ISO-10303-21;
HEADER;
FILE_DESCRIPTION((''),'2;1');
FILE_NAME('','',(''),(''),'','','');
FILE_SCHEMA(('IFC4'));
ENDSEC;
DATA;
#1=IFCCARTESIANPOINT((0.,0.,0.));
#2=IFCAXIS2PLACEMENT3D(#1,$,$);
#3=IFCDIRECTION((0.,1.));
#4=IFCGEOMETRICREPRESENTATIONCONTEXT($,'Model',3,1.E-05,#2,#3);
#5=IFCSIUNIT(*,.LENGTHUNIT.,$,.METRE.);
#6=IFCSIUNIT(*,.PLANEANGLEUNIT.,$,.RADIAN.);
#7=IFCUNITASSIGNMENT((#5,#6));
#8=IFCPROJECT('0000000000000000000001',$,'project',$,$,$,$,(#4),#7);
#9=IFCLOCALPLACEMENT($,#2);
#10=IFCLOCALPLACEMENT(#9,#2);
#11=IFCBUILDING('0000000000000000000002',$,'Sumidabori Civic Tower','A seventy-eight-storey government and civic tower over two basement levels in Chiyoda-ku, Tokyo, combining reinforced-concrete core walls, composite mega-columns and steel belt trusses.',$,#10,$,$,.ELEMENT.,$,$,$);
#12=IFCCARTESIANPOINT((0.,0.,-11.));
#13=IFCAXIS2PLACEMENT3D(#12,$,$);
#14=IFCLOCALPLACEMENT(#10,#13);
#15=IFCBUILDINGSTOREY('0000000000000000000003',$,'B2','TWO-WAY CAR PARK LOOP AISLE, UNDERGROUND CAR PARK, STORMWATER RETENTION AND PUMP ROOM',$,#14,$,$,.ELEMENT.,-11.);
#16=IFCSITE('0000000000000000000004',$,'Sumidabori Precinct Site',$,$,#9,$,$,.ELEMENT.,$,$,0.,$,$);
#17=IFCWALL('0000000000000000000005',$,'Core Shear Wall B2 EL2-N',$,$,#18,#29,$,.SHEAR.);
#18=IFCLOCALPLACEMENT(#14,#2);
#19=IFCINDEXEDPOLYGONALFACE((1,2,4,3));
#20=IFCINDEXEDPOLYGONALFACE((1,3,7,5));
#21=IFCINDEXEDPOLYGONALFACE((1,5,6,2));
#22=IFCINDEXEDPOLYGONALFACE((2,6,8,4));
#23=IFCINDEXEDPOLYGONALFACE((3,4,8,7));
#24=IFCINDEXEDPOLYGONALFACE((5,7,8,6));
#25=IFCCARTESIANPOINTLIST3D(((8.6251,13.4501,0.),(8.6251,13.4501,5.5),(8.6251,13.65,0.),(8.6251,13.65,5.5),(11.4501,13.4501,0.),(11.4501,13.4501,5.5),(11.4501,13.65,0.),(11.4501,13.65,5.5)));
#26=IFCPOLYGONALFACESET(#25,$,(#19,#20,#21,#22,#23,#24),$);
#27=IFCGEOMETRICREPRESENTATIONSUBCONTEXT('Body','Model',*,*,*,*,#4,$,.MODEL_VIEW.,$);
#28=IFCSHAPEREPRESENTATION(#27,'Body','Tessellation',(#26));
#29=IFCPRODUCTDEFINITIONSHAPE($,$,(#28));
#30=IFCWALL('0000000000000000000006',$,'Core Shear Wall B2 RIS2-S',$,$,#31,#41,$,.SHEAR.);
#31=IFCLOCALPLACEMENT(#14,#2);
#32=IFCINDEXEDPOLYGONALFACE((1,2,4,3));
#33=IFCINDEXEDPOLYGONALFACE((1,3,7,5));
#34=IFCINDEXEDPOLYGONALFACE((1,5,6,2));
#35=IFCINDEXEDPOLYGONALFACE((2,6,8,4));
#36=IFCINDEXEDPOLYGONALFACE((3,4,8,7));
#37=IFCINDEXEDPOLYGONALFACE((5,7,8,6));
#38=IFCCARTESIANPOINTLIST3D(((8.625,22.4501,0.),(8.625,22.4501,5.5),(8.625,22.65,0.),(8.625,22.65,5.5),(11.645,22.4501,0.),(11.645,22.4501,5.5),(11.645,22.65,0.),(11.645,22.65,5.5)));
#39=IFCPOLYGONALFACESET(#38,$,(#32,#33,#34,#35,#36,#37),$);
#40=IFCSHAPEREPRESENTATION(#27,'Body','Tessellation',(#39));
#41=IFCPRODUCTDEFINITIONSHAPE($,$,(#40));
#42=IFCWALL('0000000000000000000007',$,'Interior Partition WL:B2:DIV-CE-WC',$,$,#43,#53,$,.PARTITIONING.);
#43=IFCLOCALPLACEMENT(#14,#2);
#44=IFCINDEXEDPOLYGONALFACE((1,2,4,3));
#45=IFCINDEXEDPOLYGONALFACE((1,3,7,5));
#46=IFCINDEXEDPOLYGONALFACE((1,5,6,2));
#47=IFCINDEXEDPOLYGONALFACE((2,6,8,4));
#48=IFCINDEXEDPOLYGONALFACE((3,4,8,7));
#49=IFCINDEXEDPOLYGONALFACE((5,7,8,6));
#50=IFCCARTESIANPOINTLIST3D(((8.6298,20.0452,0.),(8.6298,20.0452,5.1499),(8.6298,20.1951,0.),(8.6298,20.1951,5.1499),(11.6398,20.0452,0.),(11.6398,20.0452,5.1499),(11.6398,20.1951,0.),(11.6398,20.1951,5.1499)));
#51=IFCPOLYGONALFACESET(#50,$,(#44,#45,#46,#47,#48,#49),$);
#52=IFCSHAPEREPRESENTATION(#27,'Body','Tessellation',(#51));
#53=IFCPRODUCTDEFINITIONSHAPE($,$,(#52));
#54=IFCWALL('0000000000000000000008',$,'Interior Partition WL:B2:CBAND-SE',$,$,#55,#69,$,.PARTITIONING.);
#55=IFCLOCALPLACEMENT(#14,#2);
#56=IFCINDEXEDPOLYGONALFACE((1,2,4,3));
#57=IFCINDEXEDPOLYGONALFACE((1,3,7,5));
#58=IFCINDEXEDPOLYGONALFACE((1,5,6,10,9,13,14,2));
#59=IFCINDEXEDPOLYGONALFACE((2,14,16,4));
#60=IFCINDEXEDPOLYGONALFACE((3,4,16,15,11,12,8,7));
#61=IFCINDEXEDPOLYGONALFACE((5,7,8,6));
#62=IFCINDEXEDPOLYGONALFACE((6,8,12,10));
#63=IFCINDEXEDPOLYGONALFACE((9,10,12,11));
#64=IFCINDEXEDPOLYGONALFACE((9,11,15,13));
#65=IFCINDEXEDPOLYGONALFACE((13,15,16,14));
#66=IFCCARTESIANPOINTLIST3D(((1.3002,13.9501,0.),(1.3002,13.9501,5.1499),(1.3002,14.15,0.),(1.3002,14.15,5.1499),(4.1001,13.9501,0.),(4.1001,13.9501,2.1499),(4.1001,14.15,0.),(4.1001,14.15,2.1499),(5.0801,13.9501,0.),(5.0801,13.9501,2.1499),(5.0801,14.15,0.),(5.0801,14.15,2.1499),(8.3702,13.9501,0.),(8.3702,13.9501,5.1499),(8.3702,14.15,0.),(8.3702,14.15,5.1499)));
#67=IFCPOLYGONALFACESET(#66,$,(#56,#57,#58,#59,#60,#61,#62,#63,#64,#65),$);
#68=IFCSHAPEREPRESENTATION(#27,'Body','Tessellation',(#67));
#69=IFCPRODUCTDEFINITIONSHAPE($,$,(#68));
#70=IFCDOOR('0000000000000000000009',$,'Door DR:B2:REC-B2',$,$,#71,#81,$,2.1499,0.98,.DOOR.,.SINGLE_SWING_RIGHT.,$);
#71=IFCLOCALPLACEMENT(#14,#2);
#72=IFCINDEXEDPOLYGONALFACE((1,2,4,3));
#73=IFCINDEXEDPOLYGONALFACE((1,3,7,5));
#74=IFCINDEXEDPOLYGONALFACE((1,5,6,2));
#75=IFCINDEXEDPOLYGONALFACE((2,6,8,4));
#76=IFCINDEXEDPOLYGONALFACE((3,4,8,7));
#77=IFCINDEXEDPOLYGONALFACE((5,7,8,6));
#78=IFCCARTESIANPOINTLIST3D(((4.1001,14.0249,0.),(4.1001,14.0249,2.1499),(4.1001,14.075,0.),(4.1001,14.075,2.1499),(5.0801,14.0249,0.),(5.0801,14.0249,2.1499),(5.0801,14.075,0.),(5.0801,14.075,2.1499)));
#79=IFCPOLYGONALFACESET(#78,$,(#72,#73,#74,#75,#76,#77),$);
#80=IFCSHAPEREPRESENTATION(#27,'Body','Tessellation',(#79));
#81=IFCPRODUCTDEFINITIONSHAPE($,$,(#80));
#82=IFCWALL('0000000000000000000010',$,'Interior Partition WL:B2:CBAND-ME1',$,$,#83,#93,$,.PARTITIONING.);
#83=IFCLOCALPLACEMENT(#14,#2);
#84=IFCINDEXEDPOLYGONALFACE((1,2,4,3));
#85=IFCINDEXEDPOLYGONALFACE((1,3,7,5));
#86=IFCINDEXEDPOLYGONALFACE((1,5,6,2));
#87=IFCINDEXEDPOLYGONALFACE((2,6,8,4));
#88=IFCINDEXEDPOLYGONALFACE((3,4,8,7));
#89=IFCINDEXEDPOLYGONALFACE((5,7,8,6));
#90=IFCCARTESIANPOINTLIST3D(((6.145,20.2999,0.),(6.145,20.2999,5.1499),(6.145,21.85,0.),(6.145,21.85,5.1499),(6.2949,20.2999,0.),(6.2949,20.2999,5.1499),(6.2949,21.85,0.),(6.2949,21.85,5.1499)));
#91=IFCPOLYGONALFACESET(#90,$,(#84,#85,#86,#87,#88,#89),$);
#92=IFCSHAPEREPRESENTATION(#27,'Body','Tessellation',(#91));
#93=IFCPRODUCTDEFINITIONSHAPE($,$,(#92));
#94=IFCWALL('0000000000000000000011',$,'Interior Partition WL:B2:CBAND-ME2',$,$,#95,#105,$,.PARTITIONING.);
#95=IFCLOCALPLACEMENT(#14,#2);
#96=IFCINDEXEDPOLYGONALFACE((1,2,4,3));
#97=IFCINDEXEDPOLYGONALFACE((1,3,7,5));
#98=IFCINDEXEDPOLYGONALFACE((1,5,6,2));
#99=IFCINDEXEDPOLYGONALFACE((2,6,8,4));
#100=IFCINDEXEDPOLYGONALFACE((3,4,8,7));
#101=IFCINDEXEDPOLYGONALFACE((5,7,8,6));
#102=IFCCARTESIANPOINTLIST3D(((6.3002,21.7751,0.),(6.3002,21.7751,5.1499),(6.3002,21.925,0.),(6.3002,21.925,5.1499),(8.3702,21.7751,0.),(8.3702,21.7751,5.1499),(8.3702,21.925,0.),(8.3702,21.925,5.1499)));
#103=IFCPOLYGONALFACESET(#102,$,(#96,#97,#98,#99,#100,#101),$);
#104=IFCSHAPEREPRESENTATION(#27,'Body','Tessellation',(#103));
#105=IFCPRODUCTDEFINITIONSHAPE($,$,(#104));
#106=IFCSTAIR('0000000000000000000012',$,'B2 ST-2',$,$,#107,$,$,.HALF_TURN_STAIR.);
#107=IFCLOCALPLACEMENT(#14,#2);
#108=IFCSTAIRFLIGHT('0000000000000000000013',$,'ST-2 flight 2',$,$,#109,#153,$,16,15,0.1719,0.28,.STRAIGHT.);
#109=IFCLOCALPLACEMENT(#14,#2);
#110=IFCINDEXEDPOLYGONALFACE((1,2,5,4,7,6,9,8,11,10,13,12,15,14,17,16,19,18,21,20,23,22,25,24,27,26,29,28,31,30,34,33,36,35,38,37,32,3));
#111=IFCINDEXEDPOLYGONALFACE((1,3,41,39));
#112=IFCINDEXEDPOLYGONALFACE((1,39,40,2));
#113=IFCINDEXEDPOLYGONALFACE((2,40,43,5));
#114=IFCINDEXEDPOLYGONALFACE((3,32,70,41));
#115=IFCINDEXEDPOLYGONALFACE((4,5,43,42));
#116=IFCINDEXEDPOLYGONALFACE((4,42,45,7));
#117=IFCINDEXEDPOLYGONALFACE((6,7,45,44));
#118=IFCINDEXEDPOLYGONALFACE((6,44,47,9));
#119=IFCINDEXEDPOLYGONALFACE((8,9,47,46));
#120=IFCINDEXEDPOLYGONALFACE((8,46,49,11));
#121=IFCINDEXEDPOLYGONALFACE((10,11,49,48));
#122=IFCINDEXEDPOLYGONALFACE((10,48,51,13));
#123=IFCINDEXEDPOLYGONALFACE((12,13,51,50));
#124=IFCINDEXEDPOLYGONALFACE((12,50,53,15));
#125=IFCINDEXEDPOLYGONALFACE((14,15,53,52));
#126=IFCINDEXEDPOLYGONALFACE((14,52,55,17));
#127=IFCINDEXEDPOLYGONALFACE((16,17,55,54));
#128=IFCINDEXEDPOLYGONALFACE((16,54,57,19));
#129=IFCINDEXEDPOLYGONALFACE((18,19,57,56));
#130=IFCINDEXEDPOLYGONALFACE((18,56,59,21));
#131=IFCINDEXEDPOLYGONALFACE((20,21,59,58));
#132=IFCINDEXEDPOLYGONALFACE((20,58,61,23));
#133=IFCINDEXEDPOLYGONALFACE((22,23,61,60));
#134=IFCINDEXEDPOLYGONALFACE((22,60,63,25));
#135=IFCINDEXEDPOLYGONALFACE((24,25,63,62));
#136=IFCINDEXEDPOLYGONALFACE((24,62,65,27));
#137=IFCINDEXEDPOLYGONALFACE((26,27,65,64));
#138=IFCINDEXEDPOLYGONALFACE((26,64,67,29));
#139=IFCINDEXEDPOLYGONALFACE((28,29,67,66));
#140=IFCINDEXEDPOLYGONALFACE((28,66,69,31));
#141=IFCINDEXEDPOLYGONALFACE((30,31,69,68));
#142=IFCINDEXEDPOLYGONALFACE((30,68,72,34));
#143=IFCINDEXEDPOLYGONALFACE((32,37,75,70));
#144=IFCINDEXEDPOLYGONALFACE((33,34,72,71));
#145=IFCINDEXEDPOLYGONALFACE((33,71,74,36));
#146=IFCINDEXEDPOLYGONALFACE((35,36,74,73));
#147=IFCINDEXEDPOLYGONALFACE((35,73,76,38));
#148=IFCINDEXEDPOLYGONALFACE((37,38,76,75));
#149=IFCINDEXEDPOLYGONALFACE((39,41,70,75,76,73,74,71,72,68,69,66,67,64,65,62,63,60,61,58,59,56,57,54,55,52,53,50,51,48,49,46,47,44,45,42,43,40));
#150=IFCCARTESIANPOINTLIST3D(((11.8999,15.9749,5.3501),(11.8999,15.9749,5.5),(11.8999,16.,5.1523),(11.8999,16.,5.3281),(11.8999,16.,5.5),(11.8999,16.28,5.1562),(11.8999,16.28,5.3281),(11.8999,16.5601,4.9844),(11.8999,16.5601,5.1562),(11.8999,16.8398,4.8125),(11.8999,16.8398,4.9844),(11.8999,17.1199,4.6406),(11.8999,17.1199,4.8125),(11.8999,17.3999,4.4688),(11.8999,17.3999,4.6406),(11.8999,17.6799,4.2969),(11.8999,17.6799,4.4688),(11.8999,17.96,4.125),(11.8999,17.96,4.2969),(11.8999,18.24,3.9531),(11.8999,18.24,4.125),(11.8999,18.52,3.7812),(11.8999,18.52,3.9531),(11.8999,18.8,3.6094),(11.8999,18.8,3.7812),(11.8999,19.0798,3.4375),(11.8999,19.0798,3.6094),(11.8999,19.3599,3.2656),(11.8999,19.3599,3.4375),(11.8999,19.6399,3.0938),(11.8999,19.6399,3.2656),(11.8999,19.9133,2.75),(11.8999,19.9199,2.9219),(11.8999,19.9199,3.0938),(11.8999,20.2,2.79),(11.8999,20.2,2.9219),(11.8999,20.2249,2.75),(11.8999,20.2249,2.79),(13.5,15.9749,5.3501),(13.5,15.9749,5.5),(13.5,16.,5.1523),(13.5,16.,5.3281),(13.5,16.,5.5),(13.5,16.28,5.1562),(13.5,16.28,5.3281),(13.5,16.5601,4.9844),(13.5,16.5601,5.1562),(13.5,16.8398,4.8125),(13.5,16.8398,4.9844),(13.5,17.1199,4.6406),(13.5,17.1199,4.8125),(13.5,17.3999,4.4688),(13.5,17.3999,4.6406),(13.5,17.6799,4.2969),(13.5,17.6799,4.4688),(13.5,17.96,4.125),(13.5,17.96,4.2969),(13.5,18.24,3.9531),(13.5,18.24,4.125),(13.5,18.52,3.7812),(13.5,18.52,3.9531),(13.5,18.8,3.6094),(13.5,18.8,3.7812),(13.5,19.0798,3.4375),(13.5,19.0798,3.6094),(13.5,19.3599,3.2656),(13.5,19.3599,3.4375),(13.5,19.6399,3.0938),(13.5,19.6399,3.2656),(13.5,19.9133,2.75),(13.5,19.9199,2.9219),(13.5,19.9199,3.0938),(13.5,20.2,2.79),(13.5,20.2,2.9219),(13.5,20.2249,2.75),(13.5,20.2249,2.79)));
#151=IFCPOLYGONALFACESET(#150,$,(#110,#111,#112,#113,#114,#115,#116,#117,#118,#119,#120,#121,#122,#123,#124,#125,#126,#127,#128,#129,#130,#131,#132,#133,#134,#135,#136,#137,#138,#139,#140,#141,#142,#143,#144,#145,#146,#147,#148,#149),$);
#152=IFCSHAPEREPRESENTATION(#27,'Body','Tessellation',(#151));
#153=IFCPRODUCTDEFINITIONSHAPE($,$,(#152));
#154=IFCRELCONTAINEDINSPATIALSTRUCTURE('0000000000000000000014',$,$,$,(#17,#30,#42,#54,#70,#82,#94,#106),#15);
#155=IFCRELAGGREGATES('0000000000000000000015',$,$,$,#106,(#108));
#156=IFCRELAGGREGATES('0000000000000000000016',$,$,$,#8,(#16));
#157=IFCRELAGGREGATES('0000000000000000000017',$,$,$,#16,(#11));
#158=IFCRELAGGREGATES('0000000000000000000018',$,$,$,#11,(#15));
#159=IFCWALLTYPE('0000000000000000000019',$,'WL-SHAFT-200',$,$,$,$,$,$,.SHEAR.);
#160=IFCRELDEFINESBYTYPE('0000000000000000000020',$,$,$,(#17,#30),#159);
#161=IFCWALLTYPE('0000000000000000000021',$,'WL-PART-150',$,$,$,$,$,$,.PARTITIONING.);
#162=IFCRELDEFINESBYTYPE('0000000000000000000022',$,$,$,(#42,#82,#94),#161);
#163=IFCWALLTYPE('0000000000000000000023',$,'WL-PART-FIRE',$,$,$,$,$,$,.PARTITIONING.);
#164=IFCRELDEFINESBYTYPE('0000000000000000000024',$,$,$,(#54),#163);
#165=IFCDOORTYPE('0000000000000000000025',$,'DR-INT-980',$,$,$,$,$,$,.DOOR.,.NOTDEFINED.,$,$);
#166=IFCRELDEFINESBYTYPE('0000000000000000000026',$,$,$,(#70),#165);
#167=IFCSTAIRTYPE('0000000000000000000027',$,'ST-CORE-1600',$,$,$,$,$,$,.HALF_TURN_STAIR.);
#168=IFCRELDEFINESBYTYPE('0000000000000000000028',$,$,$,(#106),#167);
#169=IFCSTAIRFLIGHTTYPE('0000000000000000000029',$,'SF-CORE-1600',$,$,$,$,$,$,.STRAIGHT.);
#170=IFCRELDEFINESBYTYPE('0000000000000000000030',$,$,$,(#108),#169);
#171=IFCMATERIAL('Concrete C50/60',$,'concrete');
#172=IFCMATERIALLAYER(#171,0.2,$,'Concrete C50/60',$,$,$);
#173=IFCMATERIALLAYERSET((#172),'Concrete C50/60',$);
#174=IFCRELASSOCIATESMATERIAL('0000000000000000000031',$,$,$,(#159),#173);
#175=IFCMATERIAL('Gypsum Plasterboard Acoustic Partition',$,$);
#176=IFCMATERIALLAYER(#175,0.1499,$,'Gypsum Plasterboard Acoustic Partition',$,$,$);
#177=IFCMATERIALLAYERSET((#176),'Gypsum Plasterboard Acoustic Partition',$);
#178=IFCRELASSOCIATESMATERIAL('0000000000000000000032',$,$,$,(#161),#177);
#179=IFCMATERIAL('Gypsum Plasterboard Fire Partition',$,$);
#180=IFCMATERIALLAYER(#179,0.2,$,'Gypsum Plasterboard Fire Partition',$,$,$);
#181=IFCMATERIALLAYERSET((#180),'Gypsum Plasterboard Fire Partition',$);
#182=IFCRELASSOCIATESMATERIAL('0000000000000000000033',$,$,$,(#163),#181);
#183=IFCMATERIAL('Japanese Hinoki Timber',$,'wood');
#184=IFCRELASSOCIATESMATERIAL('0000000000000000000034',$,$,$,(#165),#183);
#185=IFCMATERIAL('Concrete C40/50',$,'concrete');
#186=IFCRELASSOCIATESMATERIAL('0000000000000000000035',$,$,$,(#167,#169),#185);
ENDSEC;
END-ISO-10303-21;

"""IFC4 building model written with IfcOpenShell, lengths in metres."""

from ifc_helpers import new_model, si_unit, direction, frame, frame_2d, origin, place, context, subcontext, project, spatial, polyline, rectangle, outline, extrude, source, transform, mapped, material, layer, layer_set, type_object, element, fill, aggregate, save


model = new_model("IFC4")

# Units and contexts
model_context = context("Model", 3, precision=1e-05, world=origin(), true_north=direction((0.0, 1.0)))
body_context = subcontext(model_context, "Body", "Model", "MODEL_VIEW")
ifc_project = project(units=[si_unit("LENGTHUNIT", "METRE"), si_unit("PLANEANGLEUNIT", "RADIAN")], contexts=[model_context])

# Site, building, storey
site_placement = place(None, origin())
site = spatial("IfcSite", under=ifc_project, at=site_placement, Name="Sumidabori Precinct Site", CompositionType="ELEMENT", RefElevation=0.0)
building_placement = place(site_placement, origin())
building = spatial("IfcBuilding", under=site, at=building_placement, Name="Sumidabori Civic Tower", Description="A seventy-eight-storey government and civic tower over two basement levels in Chiyoda-ku, Tokyo, combining reinforced-concrete core walls, composite mega-columns and steel belt trusses.", CompositionType="ELEMENT")
storey_placement = place(building_placement, frame((0.0, 0.0, -11.0)))
storey = spatial("IfcBuildingStorey", under=building, at=storey_placement, Name="B2", Description="TWO-WAY CAR PARK LOOP AISLE, UNDERGROUND CAR PARK, STORMWATER RETENTION AND PUMP ROOM", CompositionType="ELEMENT", Elevation=-11.0)

# Shared definitions
ifc_material_1 = material(Name="Concrete C50/60", Category="concrete")

# Shared definitions
ifc_material_2 = material(Name="Japanese Hinoki Timber", Category="wood")

# Shared definitions
ifc_layer_1 = layer(ifc_material_1, 0.2, Name="Concrete C50/60")
ifc_layer_set_1 = layer_set([ifc_layer_1], Name="Concrete C50/60")
wall_type_1 = type_object("IfcWallType", Name="WL-SHAFT-200", PredefinedType="SHEAR", material=ifc_layer_set_1)

# Walls
shared_shape_1 = source(origin(), body_context, "Body", "SweptSolid", [
    extrude(rectangle(XDim=2.825, YDim=0.2, at=frame_2d((1.4126, 0.0))), origin(), (0.0, 0.0, 1.0), 5.5),
])
wall_1_placement = place(storey_placement, frame((8.625, 13.55, 0.0), z_axis=(0.0, 0.0, 1.0), x_axis=(1.0, 0.0, 0.0)))
element("IfcWall", 1, at=wall_1_placement, inside=storey, type_object=wall_type_1, Name="Core Shear Wall B2 EL2-N", PredefinedType="SHEAR", context=body_context, shape_type="MappedRepresentation", body=[
    mapped(shared_shape_1, transform((0.0, 0.0, 0.0), x_axis=(1.0, 0.0, 0.0), y_axis=(0.0, 1.0, 0.0), z_axis=(0.0, 0.0, 1.0), scale=1.0)),
])
shared_shape_2 = source(origin(), body_context, "Body", "SweptSolid", [
    extrude(rectangle(XDim=3.02, YDim=0.2, at=frame_2d((1.51, 0.0))), origin(), (0.0, 0.0, 1.0), 5.5),
])
wall_2_placement = place(storey_placement, frame((8.625, 22.55, 0.0), z_axis=(0.0, 0.0, 1.0), x_axis=(1.0, 0.0, 0.0)))
element("IfcWall", 2, at=wall_2_placement, inside=storey, type_object=wall_type_1, Name="Core Shear Wall B2 RIS2-S", PredefinedType="SHEAR", context=body_context, shape_type="MappedRepresentation", body=[
    mapped(shared_shape_2, transform((0.0, 0.0, 0.0), x_axis=(1.0, 0.0, 0.0), y_axis=(0.0, 1.0, 0.0), z_axis=(0.0, 0.0, 1.0), scale=1.0)),
])
ifc_material_3 = material(Name="Gypsum Plasterboard Acoustic Partition")
ifc_layer_2 = layer(ifc_material_3, 0.1499, Name="Gypsum Plasterboard Acoustic Partition")
ifc_layer_set_2 = layer_set([ifc_layer_2], Name="Gypsum Plasterboard Acoustic Partition")
wall_type_2 = type_object("IfcWallType", Name="WL-PART-150", PredefinedType="PARTITIONING", material=ifc_layer_set_2)
shared_shape_3 = source(origin(), body_context, "Body", "SweptSolid", [
    extrude(rectangle(XDim=3.01, YDim=0.1499, at=frame_2d((1.5049, 0.0))), origin(), (0.0, 0.0, 1.0), 5.1499),
])
wall_3_placement = place(storey_placement, frame((8.6299, 20.1201, 0.0), z_axis=(0.0, 0.0, 1.0), x_axis=(1.0, 0.0, 0.0)))
element("IfcWall", 3, at=wall_3_placement, inside=storey, type_object=wall_type_2, Name="Interior Partition WL:B2:DIV-CE-WC", PredefinedType="PARTITIONING", context=body_context, shape_type="MappedRepresentation", body=[
    mapped(shared_shape_3, transform((0.0, 0.0, 0.0), x_axis=(1.0, 0.0, 0.0), y_axis=(0.0, 1.0, 0.0), z_axis=(0.0, 0.0, 1.0), scale=1.0)),
])

# Wall, opening, door
ifc_material_4 = material(Name="Gypsum Plasterboard Fire Partition")
ifc_layer_3 = layer(ifc_material_4, 0.2, Name="Gypsum Plasterboard Fire Partition")
ifc_layer_set_3 = layer_set([ifc_layer_3], Name="Gypsum Plasterboard Fire Partition")
wall_type_3 = type_object("IfcWallType", Name="WL-PART-FIRE", PredefinedType="PARTITIONING", material=ifc_layer_set_3)
shared_shape_4 = source(origin(), body_context, "Body", "SweptSolid", [
    extrude(rectangle(XDim=7.0701, YDim=0.2, at=frame_2d((3.5352, 0.0))), origin(), (0.0, 0.0, 1.0), 5.1499),
])
wall_4_placement = place(storey_placement, frame((1.3, 14.05, 0.0), z_axis=(0.0, 0.0, 1.0), x_axis=(1.0, 0.0, 0.0)))
wall_4 = element("IfcWall", 4, at=wall_4_placement, inside=storey, type_object=wall_type_3, Name="Interior Partition WL:B2:CBAND-SE", PredefinedType="PARTITIONING", context=body_context, shape_type="MappedRepresentation", body=[
    mapped(shared_shape_4, transform((0.0, 0.0, 0.0), x_axis=(1.0, 0.0, 0.0), y_axis=(0.0, 1.0, 0.0), z_axis=(0.0, 0.0, 1.0), scale=1.0)),
])
opening_1_placement = place(wall_4_placement, frame((2.8, 0.0, 0.0)))
opening_1 = element("IfcOpeningElement", 5, at=opening_1_placement, cuts=wall_4, PredefinedType="OPENING", context=body_context, shape_type="SweptSolid", body=[
    extrude(rectangle(XDim=0.98, YDim=2.1499, at=frame_2d((0.49, 1.075))), frame((0.0, 0.1118, 0.0), z_axis=(0.0, -1.0, 0.0), x_axis=(1.0, 0.0, 0.0)), (0.0, 0.0, 1.0), 0.2239),
])
door_type_1 = type_object("IfcDoorType", Name="DR-INT-980", OperationType="NOTDEFINED", PredefinedType="DOOR", material=ifc_material_2)
shared_shape_5 = source(origin(), body_context, "Body", "SweptSolid", [
    extrude(rectangle(XDim=0.98, YDim=2.1499, at=frame_2d((0.49, 1.075))), frame((0.0, 0.0249, 0.0), z_axis=(0.0, -1.0, 0.0), x_axis=(1.0, 0.0, 0.0)), (0.0, 0.0, 1.0), 0.05),
])
door_1_placement = place(opening_1_placement, origin())
door_1 = element("IfcDoor", 6, at=door_1_placement, inside=storey, type_object=door_type_1, Name="Door DR:B2:REC-B2", OperationType="SINGLE_SWING_RIGHT", OverallHeight=2.1499, OverallWidth=0.98, PredefinedType="DOOR", context=body_context, shape_type="MappedRepresentation", body=[
    mapped(shared_shape_5, transform((0.0, 0.0, 0.0), x_axis=(1.0, 0.0, 0.0), y_axis=(0.0, 1.0, 0.0), z_axis=(0.0, 0.0, 1.0), scale=1.0)),
])
fill(opening_1, door_1)

# Walls
shared_shape_6 = source(origin(), body_context, "Body", "SweptSolid", [
    extrude(rectangle(XDim=1.55, YDim=0.1499, at=frame_2d((0.7749, 0.0))), origin(), (0.0, 0.0, 1.0), 5.1499),
])
wall_5_placement = place(storey_placement, frame((6.22, 20.3, 0.0), z_axis=(0.0, 0.0, 1.0), x_axis=(0.0, 1.0, 0.0)))
element("IfcWall", 7, at=wall_5_placement, inside=storey, type_object=wall_type_2, Name="Interior Partition WL:B2:CBAND-ME1", PredefinedType="PARTITIONING", context=body_context, shape_type="MappedRepresentation", body=[
    mapped(shared_shape_6, transform((0.0, 0.0, 0.0), x_axis=(1.0, 0.0, 0.0), y_axis=(0.0, 1.0, 0.0), z_axis=(0.0, 0.0, 1.0), scale=1.0)),
])
shared_shape_7 = source(origin(), body_context, "Body", "SweptSolid", [
    extrude(rectangle(XDim=2.0701, YDim=0.1499, at=frame_2d((1.0352, 0.0))), origin(), (0.0, 0.0, 1.0), 5.1499),
])
wall_6_placement = place(storey_placement, frame((6.3, 21.8501, 0.0), z_axis=(0.0, 0.0, 1.0), x_axis=(1.0, 0.0, 0.0)))
element("IfcWall", 8, at=wall_6_placement, inside=storey, type_object=wall_type_2, Name="Interior Partition WL:B2:CBAND-ME2", PredefinedType="PARTITIONING", context=body_context, shape_type="MappedRepresentation", body=[
    mapped(shared_shape_7, transform((0.0, 0.0, 0.0), x_axis=(1.0, 0.0, 0.0), y_axis=(0.0, 1.0, 0.0), z_axis=(0.0, 0.0, 1.0), scale=1.0)),
])

# Stair, stair flight
ifc_material_5 = material(Name="Concrete C40/50", Category="concrete")
stair_type = type_object("IfcStairType", Name="ST-CORE-1600", PredefinedType="HALF_TURN_STAIR", material=ifc_material_5)
stair_placement = place(storey_placement, origin())
stair = element("IfcStair", 9, at=stair_placement, inside=storey, type_object=stair_type, Name="B2 ST-2", PredefinedType="HALF_TURN_STAIR")
stair_flight_type = type_object("IfcStairFlightType", Name="SF-CORE-1600", PredefinedType="STRAIGHT", material=ifc_material_5)
shared_shape_8 = source(origin(), body_context, "Body", "SweptSolid", [
    extrude(outline(polyline([(-0.0249, 0.0), (-0.0249, 0.04), (0.0, 0.04), (0.0, 0.1719), (0.28, 0.1719), (0.28, 0.3438), (0.5601, 0.3438), (0.5601, 0.5156), (0.8401, 0.5156), (0.8401, 0.6875), (1.1201, 0.6875), (1.1201, 0.8594), (1.3999, 0.8594), (1.3999, 1.0312), (1.6799, 1.0312), (1.6799, 1.2031), (1.96, 1.2031), (1.96, 1.375), (2.24, 1.375), (2.24, 1.5469), (2.52, 1.5469), (2.52, 1.7188), (2.8, 1.7188), (2.8, 1.8906), (3.0801, 1.8906), (3.0801, 2.0625), (3.3601, 2.0625), (3.3601, 2.2344), (3.6399, 2.2344), (3.6399, 2.4062), (3.9199, 2.4062), (3.9199, 2.5781), (4.2, 2.5781), (4.2, 2.75), (4.2251, 2.75), (4.2251, 2.6001), (4.2, 2.4023), (0.2866, 0.0), (-0.0249, 0.0)])), frame((0.0, 0.8, 0.0), z_axis=(0.0, -1.0, 0.0), x_axis=(1.0, 0.0, 0.0)), (0.0, 0.0, 1.0), 1.6001),
])
stair_flight_placement = place(storey_placement, frame((12.7, 20.2, 2.75), z_axis=(0.0, 0.0, 1.0), x_axis=(0.0, -1.0, 0.0)))
stair_flight = element("IfcStairFlight", 10, at=stair_flight_placement, type_object=stair_flight_type, Name="ST-2 flight 2", NumberOfRisers=16, NumberOfTreads=15, PredefinedType="STRAIGHT", RiserHeight=0.1719, TreadLength=0.28, context=body_context, shape_type="MappedRepresentation", body=[
    mapped(shared_shape_8, transform((0.0, 0.0, 0.0), x_axis=(1.0, 0.0, 0.0), y_axis=(0.0, 1.0, 0.0), z_axis=(0.0, 0.0, 1.0), scale=1.0)),
])
aggregate(stair, [stair_flight])

save(model, "model.ifc")
